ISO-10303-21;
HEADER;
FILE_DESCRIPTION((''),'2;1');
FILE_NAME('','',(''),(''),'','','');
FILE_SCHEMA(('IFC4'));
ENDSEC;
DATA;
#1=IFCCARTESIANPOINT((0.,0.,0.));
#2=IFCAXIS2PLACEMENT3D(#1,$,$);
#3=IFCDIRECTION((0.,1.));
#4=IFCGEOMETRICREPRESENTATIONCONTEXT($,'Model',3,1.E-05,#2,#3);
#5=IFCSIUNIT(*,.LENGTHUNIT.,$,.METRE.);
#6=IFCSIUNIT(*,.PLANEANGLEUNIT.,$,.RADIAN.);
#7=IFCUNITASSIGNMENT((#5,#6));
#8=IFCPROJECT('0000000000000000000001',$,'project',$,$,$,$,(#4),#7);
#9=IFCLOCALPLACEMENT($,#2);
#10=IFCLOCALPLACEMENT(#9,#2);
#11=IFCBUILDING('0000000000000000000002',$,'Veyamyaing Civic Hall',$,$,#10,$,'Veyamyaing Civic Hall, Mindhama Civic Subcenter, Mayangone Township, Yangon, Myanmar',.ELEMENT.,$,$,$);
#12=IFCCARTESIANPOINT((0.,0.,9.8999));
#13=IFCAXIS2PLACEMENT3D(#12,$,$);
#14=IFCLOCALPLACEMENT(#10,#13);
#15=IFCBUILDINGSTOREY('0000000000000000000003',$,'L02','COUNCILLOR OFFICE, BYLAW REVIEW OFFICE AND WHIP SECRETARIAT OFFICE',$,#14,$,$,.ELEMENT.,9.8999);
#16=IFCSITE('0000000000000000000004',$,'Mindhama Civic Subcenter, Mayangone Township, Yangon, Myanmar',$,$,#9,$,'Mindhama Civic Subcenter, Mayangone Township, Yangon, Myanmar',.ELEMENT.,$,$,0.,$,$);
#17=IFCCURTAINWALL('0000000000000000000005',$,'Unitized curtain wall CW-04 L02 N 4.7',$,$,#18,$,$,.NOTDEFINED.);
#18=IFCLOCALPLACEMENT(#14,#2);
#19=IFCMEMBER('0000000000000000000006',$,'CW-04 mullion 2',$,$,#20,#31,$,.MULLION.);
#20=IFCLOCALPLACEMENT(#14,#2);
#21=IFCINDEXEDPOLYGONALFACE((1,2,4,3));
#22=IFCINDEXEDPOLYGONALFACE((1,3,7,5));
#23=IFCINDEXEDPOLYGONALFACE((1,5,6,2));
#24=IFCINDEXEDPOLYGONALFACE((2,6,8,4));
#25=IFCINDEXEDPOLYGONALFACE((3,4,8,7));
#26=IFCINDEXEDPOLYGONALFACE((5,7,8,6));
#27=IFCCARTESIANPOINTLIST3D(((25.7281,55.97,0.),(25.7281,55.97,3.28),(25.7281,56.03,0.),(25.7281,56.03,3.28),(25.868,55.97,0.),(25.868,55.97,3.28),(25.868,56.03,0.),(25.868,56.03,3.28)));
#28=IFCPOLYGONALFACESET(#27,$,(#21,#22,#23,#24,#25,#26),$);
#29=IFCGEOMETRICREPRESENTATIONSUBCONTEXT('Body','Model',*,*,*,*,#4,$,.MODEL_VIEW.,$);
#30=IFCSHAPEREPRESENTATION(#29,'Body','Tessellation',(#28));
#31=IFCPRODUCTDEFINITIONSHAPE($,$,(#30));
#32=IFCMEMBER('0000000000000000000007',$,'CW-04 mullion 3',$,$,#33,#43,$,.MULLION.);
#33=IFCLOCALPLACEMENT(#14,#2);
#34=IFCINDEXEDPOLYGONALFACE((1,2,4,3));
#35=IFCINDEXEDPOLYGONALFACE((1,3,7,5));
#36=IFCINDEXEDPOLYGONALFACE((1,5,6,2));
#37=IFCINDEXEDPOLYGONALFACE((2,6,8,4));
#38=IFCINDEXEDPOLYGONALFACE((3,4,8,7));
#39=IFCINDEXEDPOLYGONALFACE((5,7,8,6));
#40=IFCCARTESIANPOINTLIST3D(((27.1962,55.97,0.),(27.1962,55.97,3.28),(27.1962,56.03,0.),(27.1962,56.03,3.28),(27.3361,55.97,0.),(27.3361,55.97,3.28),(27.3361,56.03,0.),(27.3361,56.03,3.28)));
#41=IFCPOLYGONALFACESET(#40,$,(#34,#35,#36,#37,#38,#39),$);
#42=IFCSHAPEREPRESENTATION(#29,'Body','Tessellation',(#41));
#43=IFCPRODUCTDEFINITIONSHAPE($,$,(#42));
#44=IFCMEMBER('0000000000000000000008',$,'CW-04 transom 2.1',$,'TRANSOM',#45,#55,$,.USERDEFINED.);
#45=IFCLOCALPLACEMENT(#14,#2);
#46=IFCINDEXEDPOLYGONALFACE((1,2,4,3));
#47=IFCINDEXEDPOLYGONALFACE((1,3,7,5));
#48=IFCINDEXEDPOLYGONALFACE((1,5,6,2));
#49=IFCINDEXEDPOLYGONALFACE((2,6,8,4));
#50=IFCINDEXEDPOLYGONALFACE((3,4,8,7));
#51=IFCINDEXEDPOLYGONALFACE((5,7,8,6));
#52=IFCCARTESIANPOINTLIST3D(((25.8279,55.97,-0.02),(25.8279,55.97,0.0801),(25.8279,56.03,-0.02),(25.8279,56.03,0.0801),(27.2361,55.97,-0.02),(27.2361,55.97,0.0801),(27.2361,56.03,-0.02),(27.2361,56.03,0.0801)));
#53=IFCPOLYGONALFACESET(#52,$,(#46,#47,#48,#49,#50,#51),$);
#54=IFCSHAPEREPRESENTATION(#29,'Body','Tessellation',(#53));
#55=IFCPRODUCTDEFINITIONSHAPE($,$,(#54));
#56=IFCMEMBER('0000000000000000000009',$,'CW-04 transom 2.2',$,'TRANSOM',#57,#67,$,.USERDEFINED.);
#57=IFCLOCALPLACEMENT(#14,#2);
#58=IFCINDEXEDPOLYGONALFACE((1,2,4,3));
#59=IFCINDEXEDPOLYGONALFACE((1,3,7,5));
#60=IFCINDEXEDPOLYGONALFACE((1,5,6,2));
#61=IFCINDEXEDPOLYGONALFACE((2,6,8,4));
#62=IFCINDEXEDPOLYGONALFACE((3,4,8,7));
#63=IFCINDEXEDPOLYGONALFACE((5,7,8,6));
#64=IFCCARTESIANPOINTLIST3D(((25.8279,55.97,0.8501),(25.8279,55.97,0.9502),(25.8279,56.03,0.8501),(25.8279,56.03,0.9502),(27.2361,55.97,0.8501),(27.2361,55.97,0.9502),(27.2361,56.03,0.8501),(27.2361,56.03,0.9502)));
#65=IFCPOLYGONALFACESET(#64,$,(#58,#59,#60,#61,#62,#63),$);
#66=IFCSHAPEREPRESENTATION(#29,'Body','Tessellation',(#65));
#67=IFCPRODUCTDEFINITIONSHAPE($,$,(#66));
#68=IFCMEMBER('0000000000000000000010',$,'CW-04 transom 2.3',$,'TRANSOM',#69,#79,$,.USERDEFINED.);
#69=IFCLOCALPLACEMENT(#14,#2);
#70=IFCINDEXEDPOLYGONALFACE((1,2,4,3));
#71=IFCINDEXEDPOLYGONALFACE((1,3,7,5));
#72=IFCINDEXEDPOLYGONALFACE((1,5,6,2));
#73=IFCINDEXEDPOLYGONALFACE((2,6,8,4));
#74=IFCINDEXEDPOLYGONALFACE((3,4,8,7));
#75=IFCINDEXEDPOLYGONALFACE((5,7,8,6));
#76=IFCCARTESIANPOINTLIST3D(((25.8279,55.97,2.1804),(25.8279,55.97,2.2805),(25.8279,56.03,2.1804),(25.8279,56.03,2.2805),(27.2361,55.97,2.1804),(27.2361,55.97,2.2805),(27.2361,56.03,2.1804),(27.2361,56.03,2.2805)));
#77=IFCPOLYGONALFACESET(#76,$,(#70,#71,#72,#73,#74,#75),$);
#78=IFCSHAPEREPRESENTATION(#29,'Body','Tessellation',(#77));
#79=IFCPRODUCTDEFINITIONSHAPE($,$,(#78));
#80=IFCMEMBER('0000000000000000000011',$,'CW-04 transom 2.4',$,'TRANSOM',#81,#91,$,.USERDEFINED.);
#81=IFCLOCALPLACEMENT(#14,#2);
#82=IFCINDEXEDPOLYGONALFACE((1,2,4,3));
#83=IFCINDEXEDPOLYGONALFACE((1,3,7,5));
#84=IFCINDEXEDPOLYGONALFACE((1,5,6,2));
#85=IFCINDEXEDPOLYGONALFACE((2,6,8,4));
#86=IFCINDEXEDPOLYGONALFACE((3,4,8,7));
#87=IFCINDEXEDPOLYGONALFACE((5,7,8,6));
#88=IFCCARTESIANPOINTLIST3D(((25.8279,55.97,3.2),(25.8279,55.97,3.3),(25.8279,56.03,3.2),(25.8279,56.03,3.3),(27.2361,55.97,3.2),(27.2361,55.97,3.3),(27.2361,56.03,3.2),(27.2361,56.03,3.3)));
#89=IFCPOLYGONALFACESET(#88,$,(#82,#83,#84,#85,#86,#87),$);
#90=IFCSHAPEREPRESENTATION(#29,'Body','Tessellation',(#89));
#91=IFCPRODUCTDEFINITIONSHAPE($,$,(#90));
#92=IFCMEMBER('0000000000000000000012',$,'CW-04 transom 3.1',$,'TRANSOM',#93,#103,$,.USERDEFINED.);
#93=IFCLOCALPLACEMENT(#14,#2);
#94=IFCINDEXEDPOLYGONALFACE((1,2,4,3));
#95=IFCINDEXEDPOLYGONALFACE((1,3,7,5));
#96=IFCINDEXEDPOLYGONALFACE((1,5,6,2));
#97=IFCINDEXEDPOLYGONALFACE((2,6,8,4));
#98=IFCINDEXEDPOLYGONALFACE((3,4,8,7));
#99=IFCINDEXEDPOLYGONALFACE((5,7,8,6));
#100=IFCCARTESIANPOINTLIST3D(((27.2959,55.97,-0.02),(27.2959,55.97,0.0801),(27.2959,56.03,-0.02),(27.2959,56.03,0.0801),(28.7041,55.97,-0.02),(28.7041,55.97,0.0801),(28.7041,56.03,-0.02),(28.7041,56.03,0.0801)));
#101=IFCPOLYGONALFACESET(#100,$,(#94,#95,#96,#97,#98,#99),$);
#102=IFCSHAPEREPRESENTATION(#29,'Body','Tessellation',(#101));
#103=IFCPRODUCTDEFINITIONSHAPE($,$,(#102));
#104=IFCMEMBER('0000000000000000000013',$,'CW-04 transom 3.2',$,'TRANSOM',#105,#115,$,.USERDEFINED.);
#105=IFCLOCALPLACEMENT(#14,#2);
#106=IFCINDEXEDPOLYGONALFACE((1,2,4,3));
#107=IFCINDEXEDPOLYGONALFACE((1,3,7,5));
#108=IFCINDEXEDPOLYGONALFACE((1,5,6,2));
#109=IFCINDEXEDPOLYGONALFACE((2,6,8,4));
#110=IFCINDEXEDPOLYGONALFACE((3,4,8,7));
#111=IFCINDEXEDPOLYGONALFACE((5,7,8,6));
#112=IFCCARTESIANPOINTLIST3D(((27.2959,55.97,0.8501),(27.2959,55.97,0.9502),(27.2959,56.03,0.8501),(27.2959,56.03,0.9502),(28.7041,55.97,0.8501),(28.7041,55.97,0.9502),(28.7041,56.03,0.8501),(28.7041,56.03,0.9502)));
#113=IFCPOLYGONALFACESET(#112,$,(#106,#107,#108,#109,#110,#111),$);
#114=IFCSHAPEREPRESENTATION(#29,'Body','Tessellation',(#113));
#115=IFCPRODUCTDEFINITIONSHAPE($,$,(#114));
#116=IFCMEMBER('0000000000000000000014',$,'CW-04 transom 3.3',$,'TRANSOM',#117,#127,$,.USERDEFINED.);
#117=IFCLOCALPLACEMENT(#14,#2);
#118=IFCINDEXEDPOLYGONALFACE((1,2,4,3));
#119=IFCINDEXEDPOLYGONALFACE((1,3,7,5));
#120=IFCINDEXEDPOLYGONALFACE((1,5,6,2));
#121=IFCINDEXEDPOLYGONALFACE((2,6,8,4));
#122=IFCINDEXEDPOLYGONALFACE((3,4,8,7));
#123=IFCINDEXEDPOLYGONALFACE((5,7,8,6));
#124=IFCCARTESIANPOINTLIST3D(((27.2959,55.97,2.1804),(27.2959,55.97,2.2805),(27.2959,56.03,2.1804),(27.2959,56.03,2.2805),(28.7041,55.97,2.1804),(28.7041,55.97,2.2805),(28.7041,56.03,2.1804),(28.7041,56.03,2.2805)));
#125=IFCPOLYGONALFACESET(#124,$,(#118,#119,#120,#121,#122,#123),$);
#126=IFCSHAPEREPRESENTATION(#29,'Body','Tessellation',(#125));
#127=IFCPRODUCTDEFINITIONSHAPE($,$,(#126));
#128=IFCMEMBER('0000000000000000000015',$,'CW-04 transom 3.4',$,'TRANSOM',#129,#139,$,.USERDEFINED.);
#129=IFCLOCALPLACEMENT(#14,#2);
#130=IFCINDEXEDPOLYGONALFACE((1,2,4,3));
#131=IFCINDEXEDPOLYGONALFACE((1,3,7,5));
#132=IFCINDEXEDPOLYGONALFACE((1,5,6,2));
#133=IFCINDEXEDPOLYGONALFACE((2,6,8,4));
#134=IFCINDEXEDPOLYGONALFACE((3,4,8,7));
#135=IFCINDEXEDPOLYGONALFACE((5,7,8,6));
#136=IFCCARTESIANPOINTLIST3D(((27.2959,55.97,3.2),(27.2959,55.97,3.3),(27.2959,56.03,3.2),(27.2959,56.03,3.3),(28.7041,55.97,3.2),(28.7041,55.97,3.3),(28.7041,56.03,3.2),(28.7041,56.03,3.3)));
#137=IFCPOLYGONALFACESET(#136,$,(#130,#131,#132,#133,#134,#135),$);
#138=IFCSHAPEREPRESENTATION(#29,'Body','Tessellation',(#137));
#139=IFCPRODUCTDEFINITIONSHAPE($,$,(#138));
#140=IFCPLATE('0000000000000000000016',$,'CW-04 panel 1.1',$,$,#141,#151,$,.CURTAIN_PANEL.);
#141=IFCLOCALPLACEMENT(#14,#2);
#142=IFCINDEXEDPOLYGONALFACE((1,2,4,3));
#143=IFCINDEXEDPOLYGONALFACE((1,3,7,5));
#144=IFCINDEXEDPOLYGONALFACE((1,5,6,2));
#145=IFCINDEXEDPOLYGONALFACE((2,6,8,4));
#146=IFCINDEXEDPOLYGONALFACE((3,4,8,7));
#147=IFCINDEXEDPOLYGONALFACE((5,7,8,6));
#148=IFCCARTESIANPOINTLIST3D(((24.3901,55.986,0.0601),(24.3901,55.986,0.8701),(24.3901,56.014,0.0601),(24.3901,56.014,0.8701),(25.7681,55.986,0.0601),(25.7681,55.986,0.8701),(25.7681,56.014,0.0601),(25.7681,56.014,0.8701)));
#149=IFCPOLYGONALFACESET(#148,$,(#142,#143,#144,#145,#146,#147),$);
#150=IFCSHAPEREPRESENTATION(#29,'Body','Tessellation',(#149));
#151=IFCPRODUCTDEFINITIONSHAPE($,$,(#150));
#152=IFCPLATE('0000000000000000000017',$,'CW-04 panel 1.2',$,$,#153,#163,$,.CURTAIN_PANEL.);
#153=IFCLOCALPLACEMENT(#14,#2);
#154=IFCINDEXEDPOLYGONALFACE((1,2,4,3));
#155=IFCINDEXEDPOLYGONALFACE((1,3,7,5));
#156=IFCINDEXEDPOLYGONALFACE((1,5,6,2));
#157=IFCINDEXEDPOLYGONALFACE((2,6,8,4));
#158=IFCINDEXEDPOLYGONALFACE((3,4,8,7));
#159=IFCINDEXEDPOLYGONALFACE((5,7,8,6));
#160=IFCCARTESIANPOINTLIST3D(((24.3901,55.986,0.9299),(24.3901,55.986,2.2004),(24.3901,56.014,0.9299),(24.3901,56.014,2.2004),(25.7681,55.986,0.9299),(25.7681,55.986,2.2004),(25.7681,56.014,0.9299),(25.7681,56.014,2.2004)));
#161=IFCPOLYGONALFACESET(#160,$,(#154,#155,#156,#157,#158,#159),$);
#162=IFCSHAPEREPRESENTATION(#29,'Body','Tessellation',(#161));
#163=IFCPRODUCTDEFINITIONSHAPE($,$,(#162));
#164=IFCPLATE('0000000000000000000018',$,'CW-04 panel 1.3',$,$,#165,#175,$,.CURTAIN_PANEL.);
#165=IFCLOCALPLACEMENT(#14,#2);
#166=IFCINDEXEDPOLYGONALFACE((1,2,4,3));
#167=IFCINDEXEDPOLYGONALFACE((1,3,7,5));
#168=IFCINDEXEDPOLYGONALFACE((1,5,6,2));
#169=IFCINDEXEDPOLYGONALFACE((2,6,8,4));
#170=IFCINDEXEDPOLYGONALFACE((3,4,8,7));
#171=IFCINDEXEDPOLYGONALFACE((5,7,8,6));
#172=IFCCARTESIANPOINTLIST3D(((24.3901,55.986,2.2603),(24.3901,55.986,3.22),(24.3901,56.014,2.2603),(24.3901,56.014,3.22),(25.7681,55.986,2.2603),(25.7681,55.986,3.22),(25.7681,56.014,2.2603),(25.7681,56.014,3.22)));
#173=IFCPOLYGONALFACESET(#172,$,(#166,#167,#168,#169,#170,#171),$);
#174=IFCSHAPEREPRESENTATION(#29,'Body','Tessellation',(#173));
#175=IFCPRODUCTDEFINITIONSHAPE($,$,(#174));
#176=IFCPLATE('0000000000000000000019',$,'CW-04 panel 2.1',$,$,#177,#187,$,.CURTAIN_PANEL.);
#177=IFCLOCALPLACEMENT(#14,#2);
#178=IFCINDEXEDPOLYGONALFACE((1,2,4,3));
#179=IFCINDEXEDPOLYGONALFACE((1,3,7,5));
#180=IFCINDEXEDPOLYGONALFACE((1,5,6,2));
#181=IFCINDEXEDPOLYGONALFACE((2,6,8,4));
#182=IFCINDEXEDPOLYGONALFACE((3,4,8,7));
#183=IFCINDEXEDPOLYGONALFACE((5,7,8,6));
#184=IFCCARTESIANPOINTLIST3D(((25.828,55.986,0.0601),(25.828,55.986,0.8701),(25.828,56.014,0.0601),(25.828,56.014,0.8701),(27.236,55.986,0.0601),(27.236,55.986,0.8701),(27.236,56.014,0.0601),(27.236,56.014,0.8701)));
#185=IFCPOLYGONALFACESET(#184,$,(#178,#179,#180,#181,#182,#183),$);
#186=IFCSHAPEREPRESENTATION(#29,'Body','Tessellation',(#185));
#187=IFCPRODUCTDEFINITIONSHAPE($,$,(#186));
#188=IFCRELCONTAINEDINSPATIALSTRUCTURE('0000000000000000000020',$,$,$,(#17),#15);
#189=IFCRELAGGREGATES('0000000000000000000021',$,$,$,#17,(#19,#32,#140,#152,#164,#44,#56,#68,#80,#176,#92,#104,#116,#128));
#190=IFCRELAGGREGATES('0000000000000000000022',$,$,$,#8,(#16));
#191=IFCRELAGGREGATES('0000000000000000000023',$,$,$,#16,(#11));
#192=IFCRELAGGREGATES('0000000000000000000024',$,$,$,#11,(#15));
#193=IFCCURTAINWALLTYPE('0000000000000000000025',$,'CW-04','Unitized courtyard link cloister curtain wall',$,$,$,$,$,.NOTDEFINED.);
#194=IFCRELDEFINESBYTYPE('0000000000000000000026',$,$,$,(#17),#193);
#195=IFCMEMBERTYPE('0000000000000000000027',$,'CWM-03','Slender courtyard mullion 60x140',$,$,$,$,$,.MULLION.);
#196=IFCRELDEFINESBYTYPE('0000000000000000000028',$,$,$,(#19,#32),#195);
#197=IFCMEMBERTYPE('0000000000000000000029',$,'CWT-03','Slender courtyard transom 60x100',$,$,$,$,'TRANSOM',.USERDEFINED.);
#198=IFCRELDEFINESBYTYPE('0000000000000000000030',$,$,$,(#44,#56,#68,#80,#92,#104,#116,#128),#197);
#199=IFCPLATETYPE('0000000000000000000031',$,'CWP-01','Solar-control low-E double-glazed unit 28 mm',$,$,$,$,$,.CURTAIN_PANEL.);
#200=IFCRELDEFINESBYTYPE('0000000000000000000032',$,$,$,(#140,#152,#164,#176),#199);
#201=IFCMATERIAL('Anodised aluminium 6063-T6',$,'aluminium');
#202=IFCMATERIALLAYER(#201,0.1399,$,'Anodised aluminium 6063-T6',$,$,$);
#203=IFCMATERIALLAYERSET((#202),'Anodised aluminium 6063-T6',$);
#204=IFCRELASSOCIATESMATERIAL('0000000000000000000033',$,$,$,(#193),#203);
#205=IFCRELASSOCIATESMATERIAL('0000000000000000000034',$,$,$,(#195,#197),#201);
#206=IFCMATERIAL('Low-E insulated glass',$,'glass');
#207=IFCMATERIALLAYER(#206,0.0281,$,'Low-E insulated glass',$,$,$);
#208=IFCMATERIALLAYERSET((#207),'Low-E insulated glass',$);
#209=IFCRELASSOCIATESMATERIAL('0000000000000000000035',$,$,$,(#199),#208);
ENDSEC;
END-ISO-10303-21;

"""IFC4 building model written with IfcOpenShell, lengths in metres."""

from ifc_helpers import new_model, si_unit, direction, frame, origin, origin_2d, place, context, subcontext, project, spatial, rectangle, extrude, material, layer, layer_set, material_profile, profile_set, type_object, element, aggregate, save


model = new_model("IFC4")

# Units and contexts
model_context = context("Model", 3, precision=1e-05, world=origin(), true_north=direction((0.0, 1.0)))
body_context = subcontext(model_context, "Body", "Model", "MODEL_VIEW")
ifc_project = project(units=[si_unit("LENGTHUNIT", "METRE"), si_unit("PLANEANGLEUNIT", "RADIAN")], contexts=[model_context])

# Site, building, storey
site_placement = place(None, origin())
site = spatial("IfcSite", under=ifc_project, at=site_placement, Name="Mindhama Civic Subcenter, Mayangone Township, Yangon, Myanmar", LongName="Mindhama Civic Subcenter, Mayangone Township, Yangon, Myanmar", CompositionType="ELEMENT", RefElevation=0.0)
building_placement = place(site_placement, origin())
building = spatial("IfcBuilding", under=site, at=building_placement, Name="Veyamyaing Civic Hall", LongName="Veyamyaing Civic Hall, Mindhama Civic Subcenter, Mayangone Township, Yangon, Myanmar", CompositionType="ELEMENT")
storey_placement = place(building_placement, frame((0.0, 0.0, 9.8999)))
storey = spatial("IfcBuildingStorey", under=building, at=storey_placement, Name="L02", Description="COUNCILLOR OFFICE, BYLAW REVIEW OFFICE AND WHIP SECRETARIAT OFFICE", CompositionType="ELEMENT", Elevation=9.8999)

# Curtain wall, members, plates
ifc_material_1 = material(Name="Anodised aluminium 6063-T6", Category="aluminium")
ifc_layer_1 = layer(ifc_material_1, 0.1399, Name="Anodised aluminium 6063-T6")
ifc_layer_set_1 = layer_set([ifc_layer_1], Name="Anodised aluminium 6063-T6")
curtain_wall_type = type_object("IfcCurtainWallType", Name="CW-04", Description="Unitized courtyard link cloister curtain wall", PredefinedType="NOTDEFINED", material=ifc_layer_set_1)
curtain_wall_placement = place(storey_placement, origin())
curtain_wall = element("IfcCurtainWall", 1, at=curtain_wall_placement, inside=storey, type_object=curtain_wall_type, Name="Unitized curtain wall CW-04 L02 N 4.7", PredefinedType="NOTDEFINED")
ifc_material_profile_1 = material_profile(ifc_material_1, rectangle(XDim=0.0601, YDim=0.1399, at=origin_2d()), Name="ALU-MUL-60X140")
ifc_profile_set_1 = profile_set([ifc_material_profile_1], Name="Anodised aluminium 6063-T6")
member_type_1 = type_object("IfcMemberType", Name="CWM-03", Description="Slender courtyard mullion 60x140", PredefinedType="MULLION", material=ifc_profile_set_1)
member_1_placement = place(storey_placement, frame((25.7981, 56.0, 0.0), z_axis=(0.0, 0.0, 1.0), x_axis=(0.0, 1.0, 0.0)))
member_1 = element("IfcMember", 2, at=member_1_placement, type_object=member_type_1, Name="CW-04 mullion 2", PredefinedType="MULLION", context=body_context, shape_type="SweptSolid", body=[
    extrude(rectangle(XDim=0.0601, YDim=0.1399, at=origin_2d()), origin(), (0.0, 0.0, 1.0), 3.28),
])
member_2_placement = place(storey_placement, frame((27.2661, 56.0, 0.0), z_axis=(0.0, 0.0, 1.0), x_axis=(0.0, 1.0, 0.0)))
member_2 = element("IfcMember", 3, at=member_2_placement, type_object=member_type_1, Name="CW-04 mullion 3", PredefinedType="MULLION", context=body_context, shape_type="SweptSolid", body=[
    extrude(rectangle(XDim=0.0601, YDim=0.1399, at=origin_2d()), origin(), (0.0, 0.0, 1.0), 3.28),
])
ifc_material_profile_2 = material_profile(ifc_material_1, rectangle(XDim=0.0601, YDim=0.1001, at=origin_2d()), Name="ALU-TRN-60X100")
ifc_profile_set_2 = profile_set([ifc_material_profile_2], Name="Anodised aluminium 6063-T6")
member_type_2 = type_object("IfcMemberType", Name="CWT-03", Description="Slender courtyard transom 60x100", ElementType="TRANSOM", PredefinedType="USERDEFINED", material=ifc_profile_set_2)
member_3_placement = place(storey_placement, frame((25.8279, 56.0, 0.03), z_axis=(1.0, 0.0, 0.0), x_axis=(0.0, 1.0, 0.0)))
member_3 = element("IfcMember", 4, at=member_3_placement, type_object=member_type_2, Name="CW-04 transom 2.1", ObjectType="TRANSOM", PredefinedType="USERDEFINED", context=body_context, shape_type="SweptSolid", body=[
    extrude(rectangle(XDim=0.0601, YDim=0.1001, at=origin_2d()), origin(), (0.0, 0.0, 1.0), 1.4082),
])
member_4_placement = place(storey_placement, frame((25.8279, 56.0, 0.9001), z_axis=(1.0, 0.0, 0.0), x_axis=(0.0, 1.0, 0.0)))
member_4 = element("IfcMember", 5, at=member_4_placement, type_object=member_type_2, Name="CW-04 transom 2.2", ObjectType="TRANSOM", PredefinedType="USERDEFINED", context=body_context, shape_type="SweptSolid", body=[
    extrude(rectangle(XDim=0.0601, YDim=0.1001, at=origin_2d()), origin(), (0.0, 0.0, 1.0), 1.4082),
])
member_5_placement = place(storey_placement, frame((25.8279, 56.0, 2.2305), z_axis=(1.0, 0.0, 0.0), x_axis=(0.0, 1.0, 0.0)))
member_5 = element("IfcMember", 6, at=member_5_placement, type_object=member_type_2, Name="CW-04 transom 2.3", ObjectType="TRANSOM", PredefinedType="USERDEFINED", context=body_context, shape_type="SweptSolid", body=[
    extrude(rectangle(XDim=0.0601, YDim=0.1001, at=origin_2d()), origin(), (0.0, 0.0, 1.0), 1.4082),
])
member_6_placement = place(storey_placement, frame((25.8279, 56.0, 3.25), z_axis=(1.0, 0.0, 0.0), x_axis=(0.0, 1.0, 0.0)))
member_6 = element("IfcMember", 7, at=member_6_placement, type_object=member_type_2, Name="CW-04 transom 2.4", ObjectType="TRANSOM", PredefinedType="USERDEFINED", context=body_context, shape_type="SweptSolid", body=[
    extrude(rectangle(XDim=0.0601, YDim=0.1001, at=origin_2d()), origin(), (0.0, 0.0, 1.0), 1.4082),
])
member_7_placement = place(storey_placement, frame((27.2959, 56.0, 0.03), z_axis=(1.0, 0.0, 0.0), x_axis=(0.0, 1.0, 0.0)))
member_7 = element("IfcMember", 8, at=member_7_placement, type_object=member_type_2, Name="CW-04 transom 3.1", ObjectType="TRANSOM", PredefinedType="USERDEFINED", context=body_context, shape_type="SweptSolid", body=[
    extrude(rectangle(XDim=0.0601, YDim=0.1001, at=origin_2d()), origin(), (0.0, 0.0, 1.0), 1.4082),
])
member_8_placement = place(storey_placement, frame((27.2959, 56.0, 0.9001), z_axis=(1.0, 0.0, 0.0), x_axis=(0.0, 1.0, 0.0)))
member_8 = element("IfcMember", 9, at=member_8_placement, type_object=member_type_2, Name="CW-04 transom 3.2", ObjectType="TRANSOM", PredefinedType="USERDEFINED", context=body_context, shape_type="SweptSolid", body=[
    extrude(rectangle(XDim=0.0601, YDim=0.1001, at=origin_2d()), origin(), (0.0, 0.0, 1.0), 1.4082),
])
member_9_placement = place(storey_placement, frame((27.2959, 56.0, 2.2305), z_axis=(1.0, 0.0, 0.0), x_axis=(0.0, 1.0, 0.0)))
member_9 = element("IfcMember", 10, at=member_9_placement, type_object=member_type_2, Name="CW-04 transom 3.3", ObjectType="TRANSOM", PredefinedType="USERDEFINED", context=body_context, shape_type="SweptSolid", body=[
    extrude(rectangle(XDim=0.0601, YDim=0.1001, at=origin_2d()), origin(), (0.0, 0.0, 1.0), 1.4082),
])
member_10_placement = place(storey_placement, frame((27.2959, 56.0, 3.25), z_axis=(1.0, 0.0, 0.0), x_axis=(0.0, 1.0, 0.0)))
member_10 = element("IfcMember", 11, at=member_10_placement, type_object=member_type_2, Name="CW-04 transom 3.4", ObjectType="TRANSOM", PredefinedType="USERDEFINED", context=body_context, shape_type="SweptSolid", body=[
    extrude(rectangle(XDim=0.0601, YDim=0.1001, at=origin_2d()), origin(), (0.0, 0.0, 1.0), 1.4082),
])
ifc_material_2 = material(Name="Low-E insulated glass", Category="glass")
ifc_layer_2 = layer(ifc_material_2, 0.0281, Name="Low-E insulated glass")
ifc_layer_set_2 = layer_set([ifc_layer_2], Name="Low-E insulated glass")
plate_type = type_object("IfcPlateType", Name="CWP-01", Description="Solar-control low-E double-glazed unit 28 mm", PredefinedType="CURTAIN_PANEL", material=ifc_layer_set_2)
plate_1_placement = place(storey_placement, frame((25.0791, 56.0, 0.0601), z_axis=(0.0, 0.0, 1.0), x_axis=(1.0, 0.0, 0.0)))
plate_1 = element("IfcPlate", 12, at=plate_1_placement, type_object=plate_type, Name="CW-04 panel 1.1", PredefinedType="CURTAIN_PANEL", context=body_context, shape_type="SweptSolid", body=[
    extrude(rectangle(XDim=1.3779, YDim=0.0281, at=origin_2d()), origin(), (0.0, 0.0, 1.0), 0.8101),
])
plate_2_placement = place(storey_placement, frame((25.0791, 56.0, 0.9299), z_axis=(0.0, 0.0, 1.0), x_axis=(1.0, 0.0, 0.0)))
plate_2 = element("IfcPlate", 13, at=plate_2_placement, type_object=plate_type, Name="CW-04 panel 1.2", PredefinedType="CURTAIN_PANEL", context=body_context, shape_type="SweptSolid", body=[
    extrude(rectangle(XDim=1.3779, YDim=0.0281, at=origin_2d()), origin(), (0.0, 0.0, 1.0), 1.2705),
])
plate_3_placement = place(storey_placement, frame((25.0791, 56.0, 2.2603), z_axis=(0.0, 0.0, 1.0), x_axis=(1.0, 0.0, 0.0)))
plate_3 = element("IfcPlate", 14, at=plate_3_placement, type_object=plate_type, Name="CW-04 panel 1.3", PredefinedType="CURTAIN_PANEL", context=body_context, shape_type="SweptSolid", body=[
    extrude(rectangle(XDim=1.3779, YDim=0.0281, at=origin_2d()), origin(), (0.0, 0.0, 1.0), 0.9597),
])
plate_4_placement = place(storey_placement, frame((26.532, 56.0, 0.0601), z_axis=(0.0, 0.0, 1.0), x_axis=(1.0, 0.0, 0.0)))
plate_4 = element("IfcPlate", 15, at=plate_4_placement, type_object=plate_type, Name="CW-04 panel 2.1", PredefinedType="CURTAIN_PANEL", context=body_context, shape_type="SweptSolid", body=[
    extrude(rectangle(XDim=1.408, YDim=0.0281, at=origin_2d()), origin(), (0.0, 0.0, 1.0), 0.8101),
])
aggregate(curtain_wall, [member_1, member_2, plate_1, plate_2, plate_3, member_3, member_4, member_5, member_6, plate_4, member_7, member_8, member_9, member_10])

save(model, "model.ifc")
